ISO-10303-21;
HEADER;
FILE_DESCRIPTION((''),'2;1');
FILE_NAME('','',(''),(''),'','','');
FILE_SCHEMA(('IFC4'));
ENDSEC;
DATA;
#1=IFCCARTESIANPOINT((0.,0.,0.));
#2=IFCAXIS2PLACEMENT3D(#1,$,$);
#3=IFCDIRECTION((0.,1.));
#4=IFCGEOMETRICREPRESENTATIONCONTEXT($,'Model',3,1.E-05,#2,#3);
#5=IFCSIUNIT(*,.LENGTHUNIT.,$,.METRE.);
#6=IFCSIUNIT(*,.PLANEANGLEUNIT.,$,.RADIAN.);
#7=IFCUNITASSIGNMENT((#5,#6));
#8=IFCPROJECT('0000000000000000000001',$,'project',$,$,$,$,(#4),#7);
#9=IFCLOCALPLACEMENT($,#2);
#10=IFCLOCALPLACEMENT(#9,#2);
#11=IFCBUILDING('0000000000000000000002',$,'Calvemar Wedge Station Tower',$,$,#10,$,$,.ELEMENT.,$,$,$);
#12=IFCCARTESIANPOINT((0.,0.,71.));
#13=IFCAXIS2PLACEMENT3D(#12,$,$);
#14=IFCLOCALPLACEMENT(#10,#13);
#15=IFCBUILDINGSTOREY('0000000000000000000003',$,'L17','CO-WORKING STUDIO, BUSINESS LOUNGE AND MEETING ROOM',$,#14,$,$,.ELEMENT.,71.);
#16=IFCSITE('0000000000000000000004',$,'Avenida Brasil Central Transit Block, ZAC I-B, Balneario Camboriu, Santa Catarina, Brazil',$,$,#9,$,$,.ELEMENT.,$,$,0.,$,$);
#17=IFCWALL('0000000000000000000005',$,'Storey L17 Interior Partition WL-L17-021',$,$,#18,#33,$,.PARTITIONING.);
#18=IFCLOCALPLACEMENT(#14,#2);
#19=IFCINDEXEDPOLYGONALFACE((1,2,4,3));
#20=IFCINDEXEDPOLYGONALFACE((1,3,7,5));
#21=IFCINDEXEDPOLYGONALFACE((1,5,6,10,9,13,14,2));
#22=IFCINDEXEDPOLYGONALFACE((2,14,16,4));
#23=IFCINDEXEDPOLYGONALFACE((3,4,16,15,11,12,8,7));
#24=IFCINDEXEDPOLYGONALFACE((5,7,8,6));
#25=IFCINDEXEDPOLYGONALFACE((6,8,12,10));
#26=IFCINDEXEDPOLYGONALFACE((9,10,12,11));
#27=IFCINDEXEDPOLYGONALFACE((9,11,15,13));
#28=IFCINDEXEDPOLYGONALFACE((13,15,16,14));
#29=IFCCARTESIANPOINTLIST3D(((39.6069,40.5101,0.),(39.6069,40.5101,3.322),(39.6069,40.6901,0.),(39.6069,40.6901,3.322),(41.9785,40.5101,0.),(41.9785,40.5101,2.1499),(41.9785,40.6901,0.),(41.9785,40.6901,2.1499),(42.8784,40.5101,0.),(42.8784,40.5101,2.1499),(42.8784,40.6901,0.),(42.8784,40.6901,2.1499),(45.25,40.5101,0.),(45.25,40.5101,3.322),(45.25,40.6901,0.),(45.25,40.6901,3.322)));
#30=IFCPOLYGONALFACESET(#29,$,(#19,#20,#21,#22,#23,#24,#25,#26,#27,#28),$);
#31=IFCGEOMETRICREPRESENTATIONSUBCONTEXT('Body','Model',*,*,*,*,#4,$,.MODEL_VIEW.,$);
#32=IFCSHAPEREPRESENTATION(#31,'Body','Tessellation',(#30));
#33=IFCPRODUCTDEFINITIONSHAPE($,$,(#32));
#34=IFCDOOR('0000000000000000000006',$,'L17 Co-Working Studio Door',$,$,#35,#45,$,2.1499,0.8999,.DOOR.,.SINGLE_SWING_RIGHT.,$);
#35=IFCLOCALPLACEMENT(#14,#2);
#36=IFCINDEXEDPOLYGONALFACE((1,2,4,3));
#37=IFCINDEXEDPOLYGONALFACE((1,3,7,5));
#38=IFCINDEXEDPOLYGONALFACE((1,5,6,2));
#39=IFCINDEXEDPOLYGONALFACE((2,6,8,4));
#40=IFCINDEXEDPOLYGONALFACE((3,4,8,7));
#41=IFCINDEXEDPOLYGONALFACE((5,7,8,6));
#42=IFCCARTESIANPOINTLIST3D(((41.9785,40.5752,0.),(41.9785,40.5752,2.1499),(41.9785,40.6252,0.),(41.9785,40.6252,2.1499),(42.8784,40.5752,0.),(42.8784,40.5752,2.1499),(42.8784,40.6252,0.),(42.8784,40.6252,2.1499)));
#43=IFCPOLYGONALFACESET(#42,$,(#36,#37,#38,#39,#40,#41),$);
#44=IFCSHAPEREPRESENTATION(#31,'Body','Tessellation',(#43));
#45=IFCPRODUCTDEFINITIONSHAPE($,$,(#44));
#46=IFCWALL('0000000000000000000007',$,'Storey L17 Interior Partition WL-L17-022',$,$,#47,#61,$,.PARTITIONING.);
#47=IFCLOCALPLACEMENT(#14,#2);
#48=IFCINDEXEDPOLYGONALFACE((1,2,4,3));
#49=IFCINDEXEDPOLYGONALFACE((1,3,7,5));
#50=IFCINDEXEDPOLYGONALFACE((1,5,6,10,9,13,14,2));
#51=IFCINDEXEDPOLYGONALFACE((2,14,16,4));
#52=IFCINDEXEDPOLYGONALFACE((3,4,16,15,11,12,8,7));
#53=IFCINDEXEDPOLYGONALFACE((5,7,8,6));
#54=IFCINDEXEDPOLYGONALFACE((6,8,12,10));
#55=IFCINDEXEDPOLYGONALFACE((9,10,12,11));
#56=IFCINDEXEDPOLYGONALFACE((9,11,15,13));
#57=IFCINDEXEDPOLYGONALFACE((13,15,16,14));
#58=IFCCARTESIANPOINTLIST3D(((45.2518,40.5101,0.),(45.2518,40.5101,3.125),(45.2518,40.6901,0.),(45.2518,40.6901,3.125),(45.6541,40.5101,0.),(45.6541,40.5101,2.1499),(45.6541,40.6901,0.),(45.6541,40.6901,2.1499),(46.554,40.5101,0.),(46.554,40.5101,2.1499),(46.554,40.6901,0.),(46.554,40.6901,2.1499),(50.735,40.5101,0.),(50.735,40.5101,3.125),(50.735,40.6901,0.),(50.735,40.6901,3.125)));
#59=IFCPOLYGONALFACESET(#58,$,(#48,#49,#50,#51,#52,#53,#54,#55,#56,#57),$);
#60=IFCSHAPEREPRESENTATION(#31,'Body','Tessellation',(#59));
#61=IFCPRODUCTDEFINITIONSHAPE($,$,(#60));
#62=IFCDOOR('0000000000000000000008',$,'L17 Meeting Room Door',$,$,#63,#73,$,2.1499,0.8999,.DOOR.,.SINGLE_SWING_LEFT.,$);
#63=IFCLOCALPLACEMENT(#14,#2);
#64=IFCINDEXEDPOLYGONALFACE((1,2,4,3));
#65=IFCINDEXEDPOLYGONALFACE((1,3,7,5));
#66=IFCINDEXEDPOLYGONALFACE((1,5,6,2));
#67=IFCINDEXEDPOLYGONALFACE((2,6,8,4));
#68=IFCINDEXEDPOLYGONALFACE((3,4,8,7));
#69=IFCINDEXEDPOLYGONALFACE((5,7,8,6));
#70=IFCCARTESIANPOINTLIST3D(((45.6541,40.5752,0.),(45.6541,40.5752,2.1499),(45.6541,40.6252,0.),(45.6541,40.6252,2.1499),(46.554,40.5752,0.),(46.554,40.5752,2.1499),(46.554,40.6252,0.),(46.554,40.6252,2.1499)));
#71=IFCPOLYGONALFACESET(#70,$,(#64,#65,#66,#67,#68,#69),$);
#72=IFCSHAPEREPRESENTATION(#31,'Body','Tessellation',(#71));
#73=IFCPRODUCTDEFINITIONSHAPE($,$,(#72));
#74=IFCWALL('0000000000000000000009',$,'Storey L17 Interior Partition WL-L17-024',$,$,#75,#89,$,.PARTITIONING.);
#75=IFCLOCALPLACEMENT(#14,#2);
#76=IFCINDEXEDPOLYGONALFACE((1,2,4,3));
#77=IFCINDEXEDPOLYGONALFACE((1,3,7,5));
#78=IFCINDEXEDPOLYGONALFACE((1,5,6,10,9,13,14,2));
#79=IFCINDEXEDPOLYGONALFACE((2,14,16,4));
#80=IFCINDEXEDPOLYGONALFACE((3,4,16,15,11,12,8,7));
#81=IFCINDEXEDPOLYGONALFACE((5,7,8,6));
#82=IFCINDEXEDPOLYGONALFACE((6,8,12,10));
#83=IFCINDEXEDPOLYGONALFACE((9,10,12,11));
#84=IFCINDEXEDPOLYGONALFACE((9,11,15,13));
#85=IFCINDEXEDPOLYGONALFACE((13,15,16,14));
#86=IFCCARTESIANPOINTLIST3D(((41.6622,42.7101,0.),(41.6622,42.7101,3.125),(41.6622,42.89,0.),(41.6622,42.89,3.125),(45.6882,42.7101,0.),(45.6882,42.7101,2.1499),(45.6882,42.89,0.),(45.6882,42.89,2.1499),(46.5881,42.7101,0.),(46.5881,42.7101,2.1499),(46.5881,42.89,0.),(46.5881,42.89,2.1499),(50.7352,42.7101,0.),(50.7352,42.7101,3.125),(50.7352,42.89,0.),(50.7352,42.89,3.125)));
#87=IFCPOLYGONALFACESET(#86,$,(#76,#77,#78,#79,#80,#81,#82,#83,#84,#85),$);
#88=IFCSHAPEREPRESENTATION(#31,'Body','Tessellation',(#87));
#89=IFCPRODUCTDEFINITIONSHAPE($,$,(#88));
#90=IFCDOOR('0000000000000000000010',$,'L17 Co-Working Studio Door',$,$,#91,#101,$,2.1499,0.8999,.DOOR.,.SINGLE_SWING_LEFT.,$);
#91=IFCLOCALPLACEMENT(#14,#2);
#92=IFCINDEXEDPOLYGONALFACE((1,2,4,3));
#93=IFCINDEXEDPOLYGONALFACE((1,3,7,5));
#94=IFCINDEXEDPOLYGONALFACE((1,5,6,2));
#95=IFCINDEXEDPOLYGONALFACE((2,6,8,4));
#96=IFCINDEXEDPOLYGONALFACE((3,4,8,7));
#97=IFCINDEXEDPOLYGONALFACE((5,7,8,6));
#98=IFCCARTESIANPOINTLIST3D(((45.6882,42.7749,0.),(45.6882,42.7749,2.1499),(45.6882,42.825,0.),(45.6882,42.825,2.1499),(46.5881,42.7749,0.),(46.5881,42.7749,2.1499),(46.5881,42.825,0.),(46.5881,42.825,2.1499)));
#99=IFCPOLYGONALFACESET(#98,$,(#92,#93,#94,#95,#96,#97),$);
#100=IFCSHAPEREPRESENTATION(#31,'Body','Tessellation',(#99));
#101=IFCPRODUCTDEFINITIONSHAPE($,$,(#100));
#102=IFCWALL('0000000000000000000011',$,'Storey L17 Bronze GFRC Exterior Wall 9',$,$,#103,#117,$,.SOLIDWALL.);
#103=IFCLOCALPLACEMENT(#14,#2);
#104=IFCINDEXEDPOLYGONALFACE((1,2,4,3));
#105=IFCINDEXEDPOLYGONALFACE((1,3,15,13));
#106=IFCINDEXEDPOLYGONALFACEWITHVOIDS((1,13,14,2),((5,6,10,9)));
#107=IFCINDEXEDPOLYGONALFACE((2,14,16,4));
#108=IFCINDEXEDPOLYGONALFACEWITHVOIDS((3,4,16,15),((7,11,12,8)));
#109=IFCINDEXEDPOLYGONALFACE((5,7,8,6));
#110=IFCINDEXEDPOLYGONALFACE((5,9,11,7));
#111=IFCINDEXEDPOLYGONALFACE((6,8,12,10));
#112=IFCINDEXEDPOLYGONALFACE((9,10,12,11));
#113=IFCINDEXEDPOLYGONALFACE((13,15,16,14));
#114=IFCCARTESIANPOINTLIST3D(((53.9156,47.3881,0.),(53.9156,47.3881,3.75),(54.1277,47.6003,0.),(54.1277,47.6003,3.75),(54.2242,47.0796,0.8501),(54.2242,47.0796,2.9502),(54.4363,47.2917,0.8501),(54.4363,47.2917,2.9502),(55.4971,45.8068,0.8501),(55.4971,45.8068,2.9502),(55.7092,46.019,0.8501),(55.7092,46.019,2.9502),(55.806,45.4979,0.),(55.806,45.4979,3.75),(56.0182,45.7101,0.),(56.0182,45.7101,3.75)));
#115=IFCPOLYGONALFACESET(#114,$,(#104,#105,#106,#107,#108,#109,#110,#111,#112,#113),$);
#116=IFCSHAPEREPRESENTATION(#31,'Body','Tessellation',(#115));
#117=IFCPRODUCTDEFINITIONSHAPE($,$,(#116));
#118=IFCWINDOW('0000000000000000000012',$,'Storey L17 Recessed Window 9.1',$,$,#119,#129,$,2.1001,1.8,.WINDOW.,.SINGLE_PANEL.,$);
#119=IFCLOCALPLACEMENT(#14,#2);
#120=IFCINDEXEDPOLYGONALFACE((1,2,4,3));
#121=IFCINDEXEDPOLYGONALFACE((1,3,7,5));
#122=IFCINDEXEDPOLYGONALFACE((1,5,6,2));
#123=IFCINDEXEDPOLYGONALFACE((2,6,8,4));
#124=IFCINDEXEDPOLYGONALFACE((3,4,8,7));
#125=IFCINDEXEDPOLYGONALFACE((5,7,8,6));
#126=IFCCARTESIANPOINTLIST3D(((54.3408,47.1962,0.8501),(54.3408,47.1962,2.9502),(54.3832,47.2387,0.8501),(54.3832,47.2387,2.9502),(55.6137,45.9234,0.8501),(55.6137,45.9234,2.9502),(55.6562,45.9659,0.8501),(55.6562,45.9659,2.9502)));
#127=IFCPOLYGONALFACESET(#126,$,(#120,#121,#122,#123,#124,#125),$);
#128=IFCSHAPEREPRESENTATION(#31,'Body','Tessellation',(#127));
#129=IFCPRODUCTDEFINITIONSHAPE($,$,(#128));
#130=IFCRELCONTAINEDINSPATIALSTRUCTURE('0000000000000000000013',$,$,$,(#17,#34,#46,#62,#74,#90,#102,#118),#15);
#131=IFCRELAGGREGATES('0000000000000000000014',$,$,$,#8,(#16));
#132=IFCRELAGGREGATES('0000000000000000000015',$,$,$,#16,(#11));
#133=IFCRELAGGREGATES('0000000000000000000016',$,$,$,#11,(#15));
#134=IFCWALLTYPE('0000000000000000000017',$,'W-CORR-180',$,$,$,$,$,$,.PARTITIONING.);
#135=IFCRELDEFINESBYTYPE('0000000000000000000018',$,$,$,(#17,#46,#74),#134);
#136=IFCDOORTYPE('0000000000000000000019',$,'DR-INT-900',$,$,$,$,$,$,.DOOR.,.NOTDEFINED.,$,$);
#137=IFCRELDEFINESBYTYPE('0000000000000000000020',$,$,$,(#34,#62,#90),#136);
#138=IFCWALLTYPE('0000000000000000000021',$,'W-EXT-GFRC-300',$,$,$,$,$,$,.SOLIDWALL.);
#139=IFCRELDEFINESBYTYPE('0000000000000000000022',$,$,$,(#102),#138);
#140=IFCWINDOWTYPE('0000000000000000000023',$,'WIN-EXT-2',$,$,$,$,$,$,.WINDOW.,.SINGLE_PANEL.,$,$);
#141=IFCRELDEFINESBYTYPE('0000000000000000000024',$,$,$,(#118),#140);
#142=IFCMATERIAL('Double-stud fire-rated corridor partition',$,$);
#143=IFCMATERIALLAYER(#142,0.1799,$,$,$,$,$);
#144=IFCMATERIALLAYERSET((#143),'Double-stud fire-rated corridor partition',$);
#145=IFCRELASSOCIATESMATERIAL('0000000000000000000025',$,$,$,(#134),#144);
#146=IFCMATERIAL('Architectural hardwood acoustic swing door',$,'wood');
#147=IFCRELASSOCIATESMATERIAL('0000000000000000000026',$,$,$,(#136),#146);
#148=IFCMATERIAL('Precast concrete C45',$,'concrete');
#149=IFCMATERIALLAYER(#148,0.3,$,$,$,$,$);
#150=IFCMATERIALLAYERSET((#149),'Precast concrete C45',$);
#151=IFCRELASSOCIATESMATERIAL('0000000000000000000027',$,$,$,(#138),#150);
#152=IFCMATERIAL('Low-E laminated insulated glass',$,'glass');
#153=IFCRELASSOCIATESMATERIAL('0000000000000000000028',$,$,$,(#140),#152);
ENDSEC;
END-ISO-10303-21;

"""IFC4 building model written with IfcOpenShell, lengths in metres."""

from ifc_helpers import new_model, si_unit, direction, frame, frame_2d, origin, place, context, subcontext, project, spatial, rectangle, extrude, source, transform, mapped, material, layer, layer_set, type_object, element, fill, save


model = new_model("IFC4")

# Units and contexts
model_context = context("Model", 3, precision=1e-05, world=origin(), true_north=direction((0.0, 1.0)))
body_context = subcontext(model_context, "Body", "Model", "MODEL_VIEW")
ifc_project = project(units=[si_unit("LENGTHUNIT", "METRE"), si_unit("PLANEANGLEUNIT", "RADIAN")], contexts=[model_context])

# Site, building, storey
site_placement = place(None, origin())
site = spatial("IfcSite", under=ifc_project, at=site_placement, Name="Avenida Brasil Central Transit Block, ZAC I-B, Balneario Camboriu, Santa Catarina, Brazil", CompositionType="ELEMENT", RefElevation=0.0)
building_placement = place(site_placement, origin())
building = spatial("IfcBuilding", under=site, at=building_placement, Name="Calvemar Wedge Station Tower", CompositionType="ELEMENT")
storey_placement = place(building_placement, frame((0.0, 0.0, 71.0)))
storey = spatial("IfcBuildingStorey", under=building, at=storey_placement, Name="L17", Description="CO-WORKING STUDIO, BUSINESS LOUNGE AND MEETING ROOM", CompositionType="ELEMENT", Elevation=71.0)

# Walls, openings, doors
ifc_material_1 = material(Name="Double-stud fire-rated corridor partition")
ifc_layer_1 = layer(ifc_material_1, 0.1799)
ifc_layer_set_1 = layer_set([ifc_layer_1], Name="Double-stud fire-rated corridor partition")
wall_type_1 = type_object("IfcWallType", Name="W-CORR-180", PredefinedType="PARTITIONING", material=ifc_layer_set_1)
wall_1_placement = place(storey_placement, frame((45.25, 40.6001, 0.0), z_axis=(0.0, 0.0, 1.0), x_axis=(-1.0, 0.0, 0.0)))
wall_1 = element("IfcWall", 1, at=wall_1_placement, inside=storey, type_object=wall_type_1, Name="Storey L17 Interior Partition WL-L17-021", PredefinedType="PARTITIONING", context=body_context, shape_type="SweptSolid", body=[
    extrude(rectangle(XDim=5.6431, YDim=0.1799, at=frame_2d((2.8215, 0.0))), origin(), (0.0, 0.0, 1.0), 3.322),
])
shared_shape_1 = source(origin(), body_context, "Body", "SweptSolid", [
    extrude(rectangle(XDim=0.8999, YDim=2.1499, at=frame_2d((0.45, 1.075))), frame((0.0, 0.1001, 0.0), z_axis=(0.0, -1.0, 0.0), x_axis=(1.0, 0.0, 0.0)), (0.0, 0.0, 1.0), 0.2),
])
opening_1_placement = place(wall_1_placement, frame((2.3716, 0.0, 0.0)))
opening_1 = element("IfcOpeningElement", 2, at=opening_1_placement, cuts=wall_1, PredefinedType="OPENING", context=body_context, shape_type="MappedRepresentation", body=[
    mapped(shared_shape_1, transform((0.0, 0.0, 0.0), scale=1.0)),
])
ifc_material_2 = material(Name="Architectural hardwood acoustic swing door", Category="wood")
door_type = type_object("IfcDoorType", Name="DR-INT-900", OperationType="NOTDEFINED", PredefinedType="DOOR", material=ifc_material_2)
shared_shape_2 = source(origin(), body_context, "Body", "SweptSolid", [
    extrude(rectangle(XDim=0.8999, YDim=2.1499, at=frame_2d((0.45, 1.075))), frame((0.0, 0.0249, 0.0), z_axis=(0.0, -1.0, 0.0), x_axis=(1.0, 0.0, 0.0)), (0.0, 0.0, 1.0), 0.05),
])
door_1_placement = place(opening_1_placement, origin())
door_1 = element("IfcDoor", 3, at=door_1_placement, inside=storey, type_object=door_type, Name="L17 Co-Working Studio Door", OperationType="SINGLE_SWING_RIGHT", OverallHeight=2.1499, OverallWidth=0.8999, PredefinedType="DOOR", context=body_context, shape_type="MappedRepresentation", body=[
    mapped(shared_shape_2, transform((0.0, 0.0, 0.0), scale=1.0)),
])
fill(opening_1, door_1)
wall_2_placement = place(storey_placement, frame((50.7351, 40.6001, 0.0), z_axis=(0.0, 0.0, 1.0), x_axis=(-1.0, 0.0, 0.0)))
wall_2 = element("IfcWall", 4, at=wall_2_placement, inside=storey, type_object=wall_type_1, Name="Storey L17 Interior Partition WL-L17-022", PredefinedType="PARTITIONING", context=body_context, shape_type="SweptSolid", body=[
    extrude(rectangle(XDim=5.4832, YDim=0.1799, at=frame_2d((2.7417, 0.0))), origin(), (0.0, 0.0, 1.0), 3.125),
])
opening_2_placement = place(wall_2_placement, frame((4.1812, 0.0, 0.0)))
opening_2 = element("IfcOpeningElement", 5, at=opening_2_placement, cuts=wall_2, PredefinedType="OPENING", context=body_context, shape_type="MappedRepresentation", body=[
    mapped(shared_shape_1, transform((0.0, 0.0, 0.0), scale=1.0)),
])
door_2_placement = place(opening_2_placement, origin())
door_2 = element("IfcDoor", 6, at=door_2_placement, inside=storey, type_object=door_type, Name="L17 Meeting Room Door", OperationType="SINGLE_SWING_LEFT", OverallHeight=2.1499, OverallWidth=0.8999, PredefinedType="DOOR", context=body_context, shape_type="MappedRepresentation", body=[
    mapped(shared_shape_2, transform((0.0, 0.0, 0.0), scale=1.0)),
])
fill(opening_2, door_2)
wall_3_placement = place(storey_placement, frame((41.6621, 42.8, 0.0), z_axis=(0.0, 0.0, 1.0), x_axis=(1.0, 0.0, 0.0)))
wall_3 = element("IfcWall", 7, at=wall_3_placement, inside=storey, type_object=wall_type_1, Name="Storey L17 Interior Partition WL-L17-024", PredefinedType="PARTITIONING", context=body_context, shape_type="SweptSolid", body=[
    extrude(rectangle(XDim=9.073, YDim=0.1799, at=frame_2d((4.5366, 0.0))), origin(), (0.0, 0.0, 1.0), 3.125),
])
opening_3_placement = place(wall_3_placement, frame((4.0261, 0.0, 0.0)))
opening_3 = element("IfcOpeningElement", 8, at=opening_3_placement, cuts=wall_3, PredefinedType="OPENING", context=body_context, shape_type="MappedRepresentation", body=[
    mapped(shared_shape_1, transform((0.0, 0.0, 0.0), scale=1.0)),
])
door_3_placement = place(opening_3_placement, origin())
door_3 = element("IfcDoor", 9, at=door_3_placement, inside=storey, type_object=door_type, Name="L17 Co-Working Studio Door", OperationType="SINGLE_SWING_LEFT", OverallHeight=2.1499, OverallWidth=0.8999, PredefinedType="DOOR", context=body_context, shape_type="MappedRepresentation", body=[
    mapped(shared_shape_2, transform((0.0, 0.0, 0.0), scale=1.0)),
])
fill(opening_3, door_3)

# Wall, opening, window
ifc_material_3 = material(Name="Precast concrete C45", Category="concrete")
ifc_layer_2 = layer(ifc_material_3, 0.3)
ifc_layer_set_2 = layer_set([ifc_layer_2], Name="Precast concrete C45")
wall_type_2 = type_object("IfcWallType", Name="W-EXT-GFRC-300", PredefinedType="SOLIDWALL", material=ifc_layer_set_2)
wall_4_placement = place(storey_placement, frame((55.9121, 45.604, 0.0), z_axis=(0.0, 0.0, 1.0), x_axis=(-0.707152, 0.707061, 0.0)))
wall_4 = element("IfcWall", 10, at=wall_4_placement, inside=storey, type_object=wall_type_2, Name="Storey L17 Bronze GFRC Exterior Wall 9", PredefinedType="SOLIDWALL", context=body_context, shape_type="SweptSolid", body=[
    extrude(rectangle(XDim=2.6733, YDim=0.3, at=frame_2d((1.3367, 0.0))), origin(), (0.0, 0.0, 1.0), 3.75),
])
shared_shape_3 = source(origin(), body_context, "Body", "SweptSolid", [
    extrude(rectangle(XDim=1.8, YDim=2.1001, at=frame_2d((0.8999, 1.05))), frame((0.0, 0.1602, 0.0), z_axis=(0.0, -1.0, 0.0), x_axis=(1.0, 0.0, 0.0)), (0.0, 0.0, 1.0), 0.3201),
])
opening_4_placement = place(wall_4_placement, frame((0.437, 0.0, 0.8501)))
opening_4 = element("IfcOpeningElement", 11, at=opening_4_placement, cuts=wall_4, PredefinedType="OPENING", context=body_context, shape_type="MappedRepresentation", body=[
    mapped(shared_shape_3, transform((0.0, 0.0, 0.0), scale=1.0)),
])
ifc_material_4 = material(Name="Low-E laminated insulated glass", Category="glass")
window_type_1 = type_object("IfcWindowType", Name="WIN-EXT-2", PartitioningType="SINGLE_PANEL", PredefinedType="WINDOW", material=ifc_material_4)
shared_shape_4 = source(origin(), body_context, "Body", "SweptSolid", [
    extrude(rectangle(XDim=1.8, YDim=2.1001, at=frame_2d((0.8999, 1.05))), frame((0.0, -0.0149, 0.0), z_axis=(0.0, -1.0, 0.0), x_axis=(1.0, 0.0, 0.0)), (0.0, 0.0, 1.0), 0.0601),
])
window_1_placement = place(opening_4_placement, origin())
window_1 = element("IfcWindow", 12, at=window_1_placement, inside=storey, type_object=window_type_1, Name="Storey L17 Recessed Window 9.1", OverallHeight=2.1001, OverallWidth=1.8, PartitioningType="SINGLE_PANEL", PredefinedType="WINDOW", context=body_context, shape_type="MappedRepresentation", body=[
    mapped(shared_shape_4, transform((0.0, 0.0, 0.0), scale=1.0)),
])
fill(opening_4, window_1)

save(model, "model.ifc")
